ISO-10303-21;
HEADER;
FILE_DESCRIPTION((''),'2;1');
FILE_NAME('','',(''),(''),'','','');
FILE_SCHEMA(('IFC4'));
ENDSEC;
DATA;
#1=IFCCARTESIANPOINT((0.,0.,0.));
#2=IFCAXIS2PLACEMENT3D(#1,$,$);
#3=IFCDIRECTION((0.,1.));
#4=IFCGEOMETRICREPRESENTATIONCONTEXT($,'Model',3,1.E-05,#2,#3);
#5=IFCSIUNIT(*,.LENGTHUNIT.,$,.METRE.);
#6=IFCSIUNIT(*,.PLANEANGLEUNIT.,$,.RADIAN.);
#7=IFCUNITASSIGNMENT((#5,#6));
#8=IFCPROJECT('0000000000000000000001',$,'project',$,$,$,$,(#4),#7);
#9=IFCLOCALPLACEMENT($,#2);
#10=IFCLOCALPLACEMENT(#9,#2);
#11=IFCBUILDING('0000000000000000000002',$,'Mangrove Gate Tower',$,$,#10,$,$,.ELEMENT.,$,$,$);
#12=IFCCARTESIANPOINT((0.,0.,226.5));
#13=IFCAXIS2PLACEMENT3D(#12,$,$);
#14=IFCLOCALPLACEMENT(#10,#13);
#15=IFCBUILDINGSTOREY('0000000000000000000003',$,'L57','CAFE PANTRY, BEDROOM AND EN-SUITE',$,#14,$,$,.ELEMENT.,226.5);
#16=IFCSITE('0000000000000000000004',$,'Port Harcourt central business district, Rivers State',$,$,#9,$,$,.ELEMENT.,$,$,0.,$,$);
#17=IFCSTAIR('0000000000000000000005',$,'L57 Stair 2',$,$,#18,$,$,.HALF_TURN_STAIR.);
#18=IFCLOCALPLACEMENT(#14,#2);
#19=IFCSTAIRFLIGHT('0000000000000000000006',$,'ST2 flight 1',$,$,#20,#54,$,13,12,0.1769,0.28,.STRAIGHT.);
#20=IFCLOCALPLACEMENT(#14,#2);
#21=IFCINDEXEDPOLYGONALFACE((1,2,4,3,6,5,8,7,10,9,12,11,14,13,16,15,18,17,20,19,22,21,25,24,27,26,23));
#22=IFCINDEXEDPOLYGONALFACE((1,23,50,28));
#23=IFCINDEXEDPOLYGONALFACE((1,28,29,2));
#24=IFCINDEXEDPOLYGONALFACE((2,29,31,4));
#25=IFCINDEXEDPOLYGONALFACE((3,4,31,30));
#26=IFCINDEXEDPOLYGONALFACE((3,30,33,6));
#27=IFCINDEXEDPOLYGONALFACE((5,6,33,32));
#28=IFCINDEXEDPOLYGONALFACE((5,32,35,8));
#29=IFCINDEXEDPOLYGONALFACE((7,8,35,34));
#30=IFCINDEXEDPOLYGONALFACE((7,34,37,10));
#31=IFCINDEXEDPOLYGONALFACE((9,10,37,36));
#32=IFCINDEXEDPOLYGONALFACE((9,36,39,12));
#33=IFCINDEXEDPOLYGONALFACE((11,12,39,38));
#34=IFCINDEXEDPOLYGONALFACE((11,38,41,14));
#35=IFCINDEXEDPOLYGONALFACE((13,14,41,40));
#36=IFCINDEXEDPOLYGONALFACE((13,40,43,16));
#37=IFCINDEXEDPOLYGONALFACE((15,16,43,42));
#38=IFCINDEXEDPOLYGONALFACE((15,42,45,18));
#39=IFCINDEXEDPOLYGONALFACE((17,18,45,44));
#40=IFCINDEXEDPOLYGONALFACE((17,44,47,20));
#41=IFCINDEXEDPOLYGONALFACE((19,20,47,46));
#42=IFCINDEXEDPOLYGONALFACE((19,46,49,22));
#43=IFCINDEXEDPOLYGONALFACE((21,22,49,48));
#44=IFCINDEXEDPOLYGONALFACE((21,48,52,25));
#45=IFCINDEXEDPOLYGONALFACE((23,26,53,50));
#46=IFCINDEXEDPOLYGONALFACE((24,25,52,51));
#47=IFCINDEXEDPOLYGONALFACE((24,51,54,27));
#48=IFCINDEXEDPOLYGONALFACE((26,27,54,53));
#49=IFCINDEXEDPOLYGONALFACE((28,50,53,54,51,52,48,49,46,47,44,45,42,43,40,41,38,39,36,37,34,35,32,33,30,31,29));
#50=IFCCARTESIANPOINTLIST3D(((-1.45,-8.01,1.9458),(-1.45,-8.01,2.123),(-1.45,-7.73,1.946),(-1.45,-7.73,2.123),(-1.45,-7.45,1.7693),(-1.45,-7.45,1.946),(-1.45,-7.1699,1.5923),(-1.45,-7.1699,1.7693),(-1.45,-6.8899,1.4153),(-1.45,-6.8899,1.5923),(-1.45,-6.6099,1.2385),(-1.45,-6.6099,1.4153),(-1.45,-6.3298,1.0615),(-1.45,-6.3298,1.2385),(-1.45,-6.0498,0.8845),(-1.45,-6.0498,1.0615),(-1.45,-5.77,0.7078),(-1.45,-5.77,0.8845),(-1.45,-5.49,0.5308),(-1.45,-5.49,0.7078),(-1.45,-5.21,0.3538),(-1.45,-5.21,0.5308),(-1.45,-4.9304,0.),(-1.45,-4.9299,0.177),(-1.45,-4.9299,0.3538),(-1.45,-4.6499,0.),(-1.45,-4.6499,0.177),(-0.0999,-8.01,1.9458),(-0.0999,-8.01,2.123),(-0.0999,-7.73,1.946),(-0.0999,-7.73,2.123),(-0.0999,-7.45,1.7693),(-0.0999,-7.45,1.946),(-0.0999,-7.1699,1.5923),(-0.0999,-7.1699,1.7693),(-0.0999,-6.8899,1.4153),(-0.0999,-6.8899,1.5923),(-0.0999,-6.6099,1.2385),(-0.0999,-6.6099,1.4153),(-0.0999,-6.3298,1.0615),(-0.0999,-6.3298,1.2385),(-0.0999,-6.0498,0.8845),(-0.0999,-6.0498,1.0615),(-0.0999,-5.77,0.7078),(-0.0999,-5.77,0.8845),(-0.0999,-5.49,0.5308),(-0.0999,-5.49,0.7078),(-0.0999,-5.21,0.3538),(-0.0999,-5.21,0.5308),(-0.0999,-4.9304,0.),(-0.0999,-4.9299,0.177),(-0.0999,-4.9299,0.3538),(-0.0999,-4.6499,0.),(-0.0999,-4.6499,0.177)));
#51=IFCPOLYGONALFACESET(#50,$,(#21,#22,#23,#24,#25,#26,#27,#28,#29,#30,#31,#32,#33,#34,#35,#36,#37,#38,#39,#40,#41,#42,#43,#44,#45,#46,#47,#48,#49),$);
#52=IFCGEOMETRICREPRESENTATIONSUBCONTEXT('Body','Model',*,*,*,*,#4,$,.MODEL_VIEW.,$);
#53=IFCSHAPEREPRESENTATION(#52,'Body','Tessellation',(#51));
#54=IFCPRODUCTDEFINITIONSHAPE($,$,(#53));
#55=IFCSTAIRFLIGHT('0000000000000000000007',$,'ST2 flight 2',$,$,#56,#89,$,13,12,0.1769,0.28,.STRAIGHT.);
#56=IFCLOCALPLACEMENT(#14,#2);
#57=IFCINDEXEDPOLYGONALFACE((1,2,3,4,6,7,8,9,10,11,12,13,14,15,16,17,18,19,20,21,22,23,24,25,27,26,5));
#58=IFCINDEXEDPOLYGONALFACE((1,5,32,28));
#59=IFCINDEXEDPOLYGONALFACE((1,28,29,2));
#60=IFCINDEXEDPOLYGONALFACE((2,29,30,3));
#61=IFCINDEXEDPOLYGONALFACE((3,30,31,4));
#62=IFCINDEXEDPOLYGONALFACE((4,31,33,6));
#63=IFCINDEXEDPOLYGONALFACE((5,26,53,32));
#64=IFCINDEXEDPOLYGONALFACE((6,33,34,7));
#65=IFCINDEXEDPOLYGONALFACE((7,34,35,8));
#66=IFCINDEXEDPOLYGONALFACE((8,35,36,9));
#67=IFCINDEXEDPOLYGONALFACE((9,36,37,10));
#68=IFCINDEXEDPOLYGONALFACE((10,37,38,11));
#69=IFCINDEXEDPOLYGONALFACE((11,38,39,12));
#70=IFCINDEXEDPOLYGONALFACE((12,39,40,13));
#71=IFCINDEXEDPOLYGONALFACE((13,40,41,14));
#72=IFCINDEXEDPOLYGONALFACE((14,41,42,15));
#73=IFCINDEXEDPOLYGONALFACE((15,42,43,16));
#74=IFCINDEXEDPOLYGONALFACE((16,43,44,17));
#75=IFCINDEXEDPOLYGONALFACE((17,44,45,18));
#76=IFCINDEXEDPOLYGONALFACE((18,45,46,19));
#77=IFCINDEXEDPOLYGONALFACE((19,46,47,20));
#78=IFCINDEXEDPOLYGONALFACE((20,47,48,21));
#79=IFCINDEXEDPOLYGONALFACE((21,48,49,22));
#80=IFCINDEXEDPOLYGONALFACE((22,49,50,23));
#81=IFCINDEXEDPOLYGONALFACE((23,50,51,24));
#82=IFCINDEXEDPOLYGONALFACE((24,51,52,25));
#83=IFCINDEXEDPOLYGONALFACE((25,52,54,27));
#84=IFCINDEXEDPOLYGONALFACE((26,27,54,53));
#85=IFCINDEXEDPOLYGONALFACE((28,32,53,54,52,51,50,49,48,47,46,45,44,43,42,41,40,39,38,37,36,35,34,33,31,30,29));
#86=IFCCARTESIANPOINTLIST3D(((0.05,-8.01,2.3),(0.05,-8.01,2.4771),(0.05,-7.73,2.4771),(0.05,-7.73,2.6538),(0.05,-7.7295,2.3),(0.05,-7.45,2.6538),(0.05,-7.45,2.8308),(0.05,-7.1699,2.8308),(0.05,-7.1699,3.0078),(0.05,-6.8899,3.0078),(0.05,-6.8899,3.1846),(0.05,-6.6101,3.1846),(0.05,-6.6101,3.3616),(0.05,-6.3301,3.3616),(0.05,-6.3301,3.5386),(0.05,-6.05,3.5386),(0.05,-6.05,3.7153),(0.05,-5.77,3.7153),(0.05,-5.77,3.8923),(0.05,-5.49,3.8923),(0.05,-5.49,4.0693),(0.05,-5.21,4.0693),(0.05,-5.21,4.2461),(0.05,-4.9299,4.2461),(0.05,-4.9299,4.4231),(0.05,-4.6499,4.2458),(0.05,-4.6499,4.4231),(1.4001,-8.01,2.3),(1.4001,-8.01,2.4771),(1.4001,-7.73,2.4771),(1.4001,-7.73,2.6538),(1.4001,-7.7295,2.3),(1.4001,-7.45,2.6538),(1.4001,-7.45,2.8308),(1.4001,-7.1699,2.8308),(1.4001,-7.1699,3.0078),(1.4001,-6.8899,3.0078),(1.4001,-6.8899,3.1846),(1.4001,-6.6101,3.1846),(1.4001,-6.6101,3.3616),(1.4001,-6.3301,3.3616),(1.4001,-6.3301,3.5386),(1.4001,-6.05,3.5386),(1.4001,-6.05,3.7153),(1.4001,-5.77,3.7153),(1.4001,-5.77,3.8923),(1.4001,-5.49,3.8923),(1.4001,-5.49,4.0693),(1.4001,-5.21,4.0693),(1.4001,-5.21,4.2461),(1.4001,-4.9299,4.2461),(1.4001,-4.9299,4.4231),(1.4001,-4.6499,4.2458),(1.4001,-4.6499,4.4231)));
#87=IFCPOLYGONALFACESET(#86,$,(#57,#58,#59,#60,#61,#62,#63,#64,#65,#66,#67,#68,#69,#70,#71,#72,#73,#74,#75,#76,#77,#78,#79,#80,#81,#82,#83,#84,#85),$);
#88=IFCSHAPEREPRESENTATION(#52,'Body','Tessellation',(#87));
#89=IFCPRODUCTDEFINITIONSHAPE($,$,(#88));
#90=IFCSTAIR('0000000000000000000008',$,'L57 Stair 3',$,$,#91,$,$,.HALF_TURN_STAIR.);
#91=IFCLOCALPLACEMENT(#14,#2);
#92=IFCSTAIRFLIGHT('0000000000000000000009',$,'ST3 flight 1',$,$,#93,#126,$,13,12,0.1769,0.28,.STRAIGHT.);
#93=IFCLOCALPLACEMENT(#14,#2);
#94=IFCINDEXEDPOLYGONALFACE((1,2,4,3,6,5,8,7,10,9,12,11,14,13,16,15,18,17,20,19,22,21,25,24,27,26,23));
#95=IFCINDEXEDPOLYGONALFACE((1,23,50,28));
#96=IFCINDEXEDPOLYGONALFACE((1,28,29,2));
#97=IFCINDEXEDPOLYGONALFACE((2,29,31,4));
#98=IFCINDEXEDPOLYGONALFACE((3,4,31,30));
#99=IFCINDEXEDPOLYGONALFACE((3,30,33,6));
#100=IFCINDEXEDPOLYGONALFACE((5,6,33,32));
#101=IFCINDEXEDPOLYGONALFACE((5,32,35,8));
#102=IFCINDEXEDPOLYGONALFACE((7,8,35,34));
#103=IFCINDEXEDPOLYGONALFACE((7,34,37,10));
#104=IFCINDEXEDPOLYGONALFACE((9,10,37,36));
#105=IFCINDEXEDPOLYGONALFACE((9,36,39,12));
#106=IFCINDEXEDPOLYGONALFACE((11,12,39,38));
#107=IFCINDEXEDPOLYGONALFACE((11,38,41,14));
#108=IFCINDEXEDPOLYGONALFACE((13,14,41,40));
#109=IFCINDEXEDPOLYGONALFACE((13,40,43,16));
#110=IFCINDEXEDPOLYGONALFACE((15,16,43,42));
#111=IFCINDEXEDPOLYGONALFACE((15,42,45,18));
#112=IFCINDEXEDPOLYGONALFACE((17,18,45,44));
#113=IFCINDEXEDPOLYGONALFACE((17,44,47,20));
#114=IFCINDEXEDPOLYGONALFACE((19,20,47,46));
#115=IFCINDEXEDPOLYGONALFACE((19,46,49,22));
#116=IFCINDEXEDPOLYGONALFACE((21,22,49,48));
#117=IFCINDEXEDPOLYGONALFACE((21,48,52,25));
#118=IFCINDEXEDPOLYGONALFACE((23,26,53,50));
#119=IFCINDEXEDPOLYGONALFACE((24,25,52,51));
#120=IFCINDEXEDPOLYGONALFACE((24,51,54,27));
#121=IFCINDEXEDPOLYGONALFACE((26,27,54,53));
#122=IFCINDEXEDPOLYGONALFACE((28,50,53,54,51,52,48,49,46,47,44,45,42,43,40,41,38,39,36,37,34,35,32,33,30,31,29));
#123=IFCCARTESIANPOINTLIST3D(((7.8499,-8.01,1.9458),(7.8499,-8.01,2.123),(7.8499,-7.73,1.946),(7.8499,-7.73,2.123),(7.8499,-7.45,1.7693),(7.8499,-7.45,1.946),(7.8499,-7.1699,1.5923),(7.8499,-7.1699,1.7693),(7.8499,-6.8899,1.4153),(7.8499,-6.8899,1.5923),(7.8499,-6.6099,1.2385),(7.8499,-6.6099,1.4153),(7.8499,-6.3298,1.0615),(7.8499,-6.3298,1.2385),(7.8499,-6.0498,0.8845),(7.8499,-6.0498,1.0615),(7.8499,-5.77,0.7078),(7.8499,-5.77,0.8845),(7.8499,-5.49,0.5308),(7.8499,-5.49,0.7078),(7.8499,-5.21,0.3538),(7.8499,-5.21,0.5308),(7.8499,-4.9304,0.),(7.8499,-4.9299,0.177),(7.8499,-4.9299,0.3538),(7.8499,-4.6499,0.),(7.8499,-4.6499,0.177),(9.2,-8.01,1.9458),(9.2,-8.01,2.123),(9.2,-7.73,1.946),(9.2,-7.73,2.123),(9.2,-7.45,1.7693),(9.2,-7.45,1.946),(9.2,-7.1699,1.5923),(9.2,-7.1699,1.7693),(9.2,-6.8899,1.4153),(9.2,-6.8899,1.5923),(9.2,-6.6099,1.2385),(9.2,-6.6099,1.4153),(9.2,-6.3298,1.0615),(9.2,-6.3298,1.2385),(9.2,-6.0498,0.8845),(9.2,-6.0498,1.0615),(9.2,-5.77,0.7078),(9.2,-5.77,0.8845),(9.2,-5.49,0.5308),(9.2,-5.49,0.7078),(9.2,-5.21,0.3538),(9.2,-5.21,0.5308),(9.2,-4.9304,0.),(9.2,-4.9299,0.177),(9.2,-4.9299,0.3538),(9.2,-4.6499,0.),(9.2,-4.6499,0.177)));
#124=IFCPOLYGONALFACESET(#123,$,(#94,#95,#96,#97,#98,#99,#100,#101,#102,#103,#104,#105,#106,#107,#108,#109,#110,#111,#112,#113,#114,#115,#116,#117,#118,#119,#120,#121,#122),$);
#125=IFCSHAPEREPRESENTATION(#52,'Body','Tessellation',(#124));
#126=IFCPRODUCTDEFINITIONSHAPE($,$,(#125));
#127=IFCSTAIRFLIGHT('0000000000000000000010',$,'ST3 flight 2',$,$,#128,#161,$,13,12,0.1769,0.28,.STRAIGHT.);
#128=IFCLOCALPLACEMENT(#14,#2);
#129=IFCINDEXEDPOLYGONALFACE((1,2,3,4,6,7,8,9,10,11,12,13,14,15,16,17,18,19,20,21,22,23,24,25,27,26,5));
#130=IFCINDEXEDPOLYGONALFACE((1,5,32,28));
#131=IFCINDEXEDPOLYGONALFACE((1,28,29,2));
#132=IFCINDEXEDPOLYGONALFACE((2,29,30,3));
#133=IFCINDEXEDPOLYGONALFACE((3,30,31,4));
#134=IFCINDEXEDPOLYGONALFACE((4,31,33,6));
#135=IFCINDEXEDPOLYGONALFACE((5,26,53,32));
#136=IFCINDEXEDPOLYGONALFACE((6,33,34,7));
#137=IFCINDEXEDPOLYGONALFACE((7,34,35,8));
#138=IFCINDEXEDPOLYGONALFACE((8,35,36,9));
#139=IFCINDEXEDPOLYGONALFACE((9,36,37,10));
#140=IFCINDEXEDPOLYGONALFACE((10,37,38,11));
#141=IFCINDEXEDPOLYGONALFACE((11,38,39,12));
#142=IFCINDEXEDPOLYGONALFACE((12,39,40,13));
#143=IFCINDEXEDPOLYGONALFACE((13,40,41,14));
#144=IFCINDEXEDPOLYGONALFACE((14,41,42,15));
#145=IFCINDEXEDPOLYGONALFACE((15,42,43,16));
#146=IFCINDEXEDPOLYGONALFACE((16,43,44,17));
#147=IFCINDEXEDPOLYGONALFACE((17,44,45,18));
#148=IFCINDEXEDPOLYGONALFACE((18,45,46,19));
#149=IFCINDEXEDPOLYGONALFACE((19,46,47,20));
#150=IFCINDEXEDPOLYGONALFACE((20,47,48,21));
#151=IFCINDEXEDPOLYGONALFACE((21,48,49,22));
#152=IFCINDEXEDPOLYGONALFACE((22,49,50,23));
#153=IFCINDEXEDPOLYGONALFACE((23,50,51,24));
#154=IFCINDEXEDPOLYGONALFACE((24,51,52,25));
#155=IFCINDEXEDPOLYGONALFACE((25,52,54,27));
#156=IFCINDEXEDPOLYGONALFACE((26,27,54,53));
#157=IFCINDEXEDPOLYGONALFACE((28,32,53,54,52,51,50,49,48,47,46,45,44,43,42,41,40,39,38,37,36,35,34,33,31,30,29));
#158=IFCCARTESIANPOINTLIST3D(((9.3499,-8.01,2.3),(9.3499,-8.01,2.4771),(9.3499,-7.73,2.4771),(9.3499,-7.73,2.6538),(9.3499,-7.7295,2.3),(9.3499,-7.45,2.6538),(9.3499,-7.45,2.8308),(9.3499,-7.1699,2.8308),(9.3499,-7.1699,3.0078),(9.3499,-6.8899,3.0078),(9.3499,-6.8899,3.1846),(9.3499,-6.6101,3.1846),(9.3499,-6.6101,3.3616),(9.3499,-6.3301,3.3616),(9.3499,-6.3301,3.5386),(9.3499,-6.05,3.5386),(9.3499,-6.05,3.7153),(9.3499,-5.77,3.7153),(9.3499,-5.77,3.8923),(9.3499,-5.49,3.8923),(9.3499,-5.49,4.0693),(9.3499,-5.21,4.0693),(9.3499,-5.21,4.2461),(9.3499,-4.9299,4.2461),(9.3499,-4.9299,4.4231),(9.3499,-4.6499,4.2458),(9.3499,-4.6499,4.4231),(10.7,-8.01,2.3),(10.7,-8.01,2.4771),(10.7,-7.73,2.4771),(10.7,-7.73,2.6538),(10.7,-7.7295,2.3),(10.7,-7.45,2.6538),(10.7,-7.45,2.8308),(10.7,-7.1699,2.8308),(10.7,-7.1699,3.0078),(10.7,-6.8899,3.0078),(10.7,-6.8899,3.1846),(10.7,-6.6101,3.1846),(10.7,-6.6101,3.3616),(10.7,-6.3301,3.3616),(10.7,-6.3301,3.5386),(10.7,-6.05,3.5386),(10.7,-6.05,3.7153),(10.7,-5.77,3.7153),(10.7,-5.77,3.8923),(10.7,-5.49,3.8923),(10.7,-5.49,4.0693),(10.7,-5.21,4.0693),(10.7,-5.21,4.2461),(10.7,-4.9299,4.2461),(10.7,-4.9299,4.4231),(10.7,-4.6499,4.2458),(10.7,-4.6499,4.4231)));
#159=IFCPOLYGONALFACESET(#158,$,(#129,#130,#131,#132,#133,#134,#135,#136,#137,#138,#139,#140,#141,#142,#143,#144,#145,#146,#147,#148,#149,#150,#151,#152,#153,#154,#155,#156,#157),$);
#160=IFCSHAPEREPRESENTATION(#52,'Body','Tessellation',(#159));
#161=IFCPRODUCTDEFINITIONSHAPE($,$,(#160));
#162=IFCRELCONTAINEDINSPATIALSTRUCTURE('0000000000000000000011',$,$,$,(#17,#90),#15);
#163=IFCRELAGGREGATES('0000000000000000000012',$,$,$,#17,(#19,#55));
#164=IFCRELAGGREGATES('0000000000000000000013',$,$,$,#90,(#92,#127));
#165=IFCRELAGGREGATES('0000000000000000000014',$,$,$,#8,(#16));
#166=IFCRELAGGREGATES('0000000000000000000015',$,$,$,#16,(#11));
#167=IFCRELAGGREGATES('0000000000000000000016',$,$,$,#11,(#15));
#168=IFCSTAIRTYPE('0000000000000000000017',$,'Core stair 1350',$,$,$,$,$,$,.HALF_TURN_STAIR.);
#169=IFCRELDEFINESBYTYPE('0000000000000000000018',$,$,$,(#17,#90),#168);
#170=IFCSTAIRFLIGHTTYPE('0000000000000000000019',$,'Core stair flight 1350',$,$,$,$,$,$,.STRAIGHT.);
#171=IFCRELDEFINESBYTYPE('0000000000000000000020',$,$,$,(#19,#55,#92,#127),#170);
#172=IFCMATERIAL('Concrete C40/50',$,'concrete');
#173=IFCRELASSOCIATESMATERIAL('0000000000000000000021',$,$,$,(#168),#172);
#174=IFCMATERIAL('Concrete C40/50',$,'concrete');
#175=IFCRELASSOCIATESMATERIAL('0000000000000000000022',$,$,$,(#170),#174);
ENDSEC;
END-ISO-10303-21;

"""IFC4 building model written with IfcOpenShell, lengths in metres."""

from ifc_helpers import new_model, si_unit, direction, frame, origin, place, context, subcontext, project, spatial, polyline, outline, extrude, material, type_object, element, aggregate, save


model = new_model("IFC4")

# Units and contexts
model_context = context("Model", 3, precision=1e-05, world=origin(), true_north=direction((0.0, 1.0)))
body_context = subcontext(model_context, "Body", "Model", "MODEL_VIEW")
ifc_project = project(units=[si_unit("LENGTHUNIT", "METRE"), si_unit("PLANEANGLEUNIT", "RADIAN")], contexts=[model_context])

# Site, building, storey
site_placement = place(None, origin())
site = spatial("IfcSite", under=ifc_project, at=site_placement, Name="Port Harcourt central business district, Rivers State", CompositionType="ELEMENT", RefElevation=0.0)
building_placement = place(site_placement, origin())
building = spatial("IfcBuilding", under=site, at=building_placement, Name="Mangrove Gate Tower", CompositionType="ELEMENT")
storey_placement = place(building_placement, frame((0.0, 0.0, 226.5)))
storey = spatial("IfcBuildingStorey", under=building, at=storey_placement, Name="L57", Description="CAFE PANTRY, BEDROOM AND EN-SUITE", CompositionType="ELEMENT", Elevation=226.5)

# Stairs, stair flights
ifc_material_1 = material(Name="Concrete C40/50", Category="concrete")
stair_type = type_object("IfcStairType", Name="Core stair 1350", PredefinedType="HALF_TURN_STAIR", material=ifc_material_1)
stair_1_placement = place(storey_placement, origin())
stair_1 = element("IfcStair", 1, at=stair_1_placement, inside=storey, type_object=stair_type, Name="L57 Stair 2", PredefinedType="HALF_TURN_STAIR")
ifc_material_2 = material(Name="Concrete C40/50", Category="concrete")
stair_flight_type = type_object("IfcStairFlightType", Name="Core stair flight 1350", PredefinedType="STRAIGHT", material=ifc_material_2)
stair_flight_1_placement = place(storey_placement, frame((-0.7749, -4.6499, 0.0), z_axis=(0.0, 0.0, 1.0), x_axis=(0.0, -1.0, 0.0)))
stair_flight_1 = element("IfcStairFlight", 2, at=stair_flight_1_placement, type_object=stair_flight_type, Name="ST2 flight 1", NumberOfRisers=13, NumberOfTreads=12, PredefinedType="STRAIGHT", RiserHeight=0.1769, TreadLength=0.28, context=body_context, shape_type="SweptSolid", body=[
    extrude(outline(polyline([(0.0, 0.0), (0.0, 0.177), (0.28, 0.177), (0.28, 0.3538), (0.5601, 0.3538), (0.5601, 0.5308), (0.8401, 0.5308), (0.8401, 0.7078), (1.1201, 0.7078), (1.1201, 0.8845), (1.3999, 0.8845), (1.3999, 1.0615), (1.6799, 1.0615), (1.6799, 1.2385), (1.96, 1.2385), (1.96, 1.4153), (2.24, 1.4153), (2.24, 1.5923), (2.52, 1.5923), (2.52, 1.7693), (2.8, 1.7693), (2.8, 1.946), (3.0801, 1.946), (3.0801, 2.123), (3.3601, 2.123), (3.3601, 2.3), (3.3601, 1.9458), (0.2805, 0.0), (0.0, 0.0)])), frame((0.0, 0.675, 0.0), z_axis=(0.0, -1.0, 0.0), x_axis=(1.0, 0.0, 0.0)), (0.0, 0.0, 1.0), 1.3501),
])
stair_flight_2_placement = place(storey_placement, frame((0.7251, -8.01, 2.3), z_axis=(0.0, 0.0, 1.0), x_axis=(0.0, 1.0, 0.0)))
stair_flight_2 = element("IfcStairFlight", 3, at=stair_flight_2_placement, type_object=stair_flight_type, Name="ST2 flight 2", NumberOfRisers=13, NumberOfTreads=12, PredefinedType="STRAIGHT", RiserHeight=0.1769, TreadLength=0.28, context=body_context, shape_type="SweptSolid", body=[
    extrude(outline(polyline([(0.0, 0.0), (0.0, 0.177), (0.28, 0.177), (0.28, 0.3538), (0.5601, 0.3538), (0.5601, 0.5308), (0.8401, 0.5308), (0.8401, 0.7078), (1.1201, 0.7078), (1.1201, 0.8845), (1.3999, 0.8845), (1.3999, 1.0615), (1.6799, 1.0615), (1.6799, 1.2385), (1.96, 1.2385), (1.96, 1.4153), (2.24, 1.4153), (2.24, 1.5923), (2.52, 1.5923), (2.52, 1.7693), (2.8, 1.7693), (2.8, 1.946), (3.0801, 1.946), (3.0801, 2.123), (3.3601, 2.123), (3.3601, 2.3), (3.3601, 1.9458), (0.2805, 0.0), (0.0, 0.0)])), frame((0.0, 0.675, 0.0), z_axis=(0.0, -1.0, 0.0), x_axis=(1.0, 0.0, 0.0)), (0.0, 0.0, 1.0), 1.3501),
])
aggregate(stair_1, [stair_flight_1, stair_flight_2])
stair_2_placement = place(storey_placement, origin())
stair_2 = element("IfcStair", 4, at=stair_2_placement, inside=storey, type_object=stair_type, Name="L57 Stair 3", PredefinedType="HALF_TURN_STAIR")
stair_flight_3_placement = place(storey_placement, frame((8.5249, -4.6499, 0.0), z_axis=(0.0, 0.0, 1.0), x_axis=(0.0, -1.0, 0.0)))
stair_flight_3 = element("IfcStairFlight", 5, at=stair_flight_3_placement, type_object=stair_flight_type, Name="ST3 flight 1", NumberOfRisers=13, NumberOfTreads=12, PredefinedType="STRAIGHT", RiserHeight=0.1769, TreadLength=0.28, context=body_context, shape_type="SweptSolid", body=[
    extrude(outline(polyline([(0.0, 0.0), (0.0, 0.177), (0.28, 0.177), (0.28, 0.3538), (0.5601, 0.3538), (0.5601, 0.5308), (0.8401, 0.5308), (0.8401, 0.7078), (1.1201, 0.7078), (1.1201, 0.8845), (1.3999, 0.8845), (1.3999, 1.0615), (1.6799, 1.0615), (1.6799, 1.2385), (1.96, 1.2385), (1.96, 1.4153), (2.24, 1.4153), (2.24, 1.5923), (2.52, 1.5923), (2.52, 1.7693), (2.8, 1.7693), (2.8, 1.946), (3.0801, 1.946), (3.0801, 2.123), (3.3601, 2.123), (3.3601, 2.3), (3.3601, 1.9458), (0.2805, 0.0), (0.0, 0.0)])), frame((0.0, 0.675, 0.0), z_axis=(0.0, -1.0, 0.0), x_axis=(1.0, 0.0, 0.0)), (0.0, 0.0, 1.0), 1.3501),
])
stair_flight_4_placement = place(storey_placement, frame((10.0249, -8.01, 2.3), z_axis=(0.0, 0.0, 1.0), x_axis=(0.0, 1.0, 0.0)))
stair_flight_4 = element("IfcStairFlight", 6, at=stair_flight_4_placement, type_object=stair_flight_type, Name="ST3 flight 2", NumberOfRisers=13, NumberOfTreads=12, PredefinedType="STRAIGHT", RiserHeight=0.1769, TreadLength=0.28, context=body_context, shape_type="SweptSolid", body=[
    extrude(outline(polyline([(0.0, 0.0), (0.0, 0.177), (0.28, 0.177), (0.28, 0.3538), (0.5601, 0.3538), (0.5601, 0.5308), (0.8401, 0.5308), (0.8401, 0.7078), (1.1201, 0.7078), (1.1201, 0.8845), (1.3999, 0.8845), (1.3999, 1.0615), (1.6799, 1.0615), (1.6799, 1.2385), (1.96, 1.2385), (1.96, 1.4153), (2.24, 1.4153), (2.24, 1.5923), (2.52, 1.5923), (2.52, 1.7693), (2.8, 1.7693), (2.8, 1.946), (3.0801, 1.946), (3.0801, 2.123), (3.3601, 2.123), (3.3601, 2.3), (3.3601, 1.9458), (0.2805, 0.0), (0.0, 0.0)])), frame((0.0, 0.675, 0.0), z_axis=(0.0, -1.0, 0.0), x_axis=(1.0, 0.0, 0.0)), (0.0, 0.0, 1.0), 1.3501),
])
aggregate(stair_2, [stair_flight_3, stair_flight_4])

save(model, "model.ifc")
